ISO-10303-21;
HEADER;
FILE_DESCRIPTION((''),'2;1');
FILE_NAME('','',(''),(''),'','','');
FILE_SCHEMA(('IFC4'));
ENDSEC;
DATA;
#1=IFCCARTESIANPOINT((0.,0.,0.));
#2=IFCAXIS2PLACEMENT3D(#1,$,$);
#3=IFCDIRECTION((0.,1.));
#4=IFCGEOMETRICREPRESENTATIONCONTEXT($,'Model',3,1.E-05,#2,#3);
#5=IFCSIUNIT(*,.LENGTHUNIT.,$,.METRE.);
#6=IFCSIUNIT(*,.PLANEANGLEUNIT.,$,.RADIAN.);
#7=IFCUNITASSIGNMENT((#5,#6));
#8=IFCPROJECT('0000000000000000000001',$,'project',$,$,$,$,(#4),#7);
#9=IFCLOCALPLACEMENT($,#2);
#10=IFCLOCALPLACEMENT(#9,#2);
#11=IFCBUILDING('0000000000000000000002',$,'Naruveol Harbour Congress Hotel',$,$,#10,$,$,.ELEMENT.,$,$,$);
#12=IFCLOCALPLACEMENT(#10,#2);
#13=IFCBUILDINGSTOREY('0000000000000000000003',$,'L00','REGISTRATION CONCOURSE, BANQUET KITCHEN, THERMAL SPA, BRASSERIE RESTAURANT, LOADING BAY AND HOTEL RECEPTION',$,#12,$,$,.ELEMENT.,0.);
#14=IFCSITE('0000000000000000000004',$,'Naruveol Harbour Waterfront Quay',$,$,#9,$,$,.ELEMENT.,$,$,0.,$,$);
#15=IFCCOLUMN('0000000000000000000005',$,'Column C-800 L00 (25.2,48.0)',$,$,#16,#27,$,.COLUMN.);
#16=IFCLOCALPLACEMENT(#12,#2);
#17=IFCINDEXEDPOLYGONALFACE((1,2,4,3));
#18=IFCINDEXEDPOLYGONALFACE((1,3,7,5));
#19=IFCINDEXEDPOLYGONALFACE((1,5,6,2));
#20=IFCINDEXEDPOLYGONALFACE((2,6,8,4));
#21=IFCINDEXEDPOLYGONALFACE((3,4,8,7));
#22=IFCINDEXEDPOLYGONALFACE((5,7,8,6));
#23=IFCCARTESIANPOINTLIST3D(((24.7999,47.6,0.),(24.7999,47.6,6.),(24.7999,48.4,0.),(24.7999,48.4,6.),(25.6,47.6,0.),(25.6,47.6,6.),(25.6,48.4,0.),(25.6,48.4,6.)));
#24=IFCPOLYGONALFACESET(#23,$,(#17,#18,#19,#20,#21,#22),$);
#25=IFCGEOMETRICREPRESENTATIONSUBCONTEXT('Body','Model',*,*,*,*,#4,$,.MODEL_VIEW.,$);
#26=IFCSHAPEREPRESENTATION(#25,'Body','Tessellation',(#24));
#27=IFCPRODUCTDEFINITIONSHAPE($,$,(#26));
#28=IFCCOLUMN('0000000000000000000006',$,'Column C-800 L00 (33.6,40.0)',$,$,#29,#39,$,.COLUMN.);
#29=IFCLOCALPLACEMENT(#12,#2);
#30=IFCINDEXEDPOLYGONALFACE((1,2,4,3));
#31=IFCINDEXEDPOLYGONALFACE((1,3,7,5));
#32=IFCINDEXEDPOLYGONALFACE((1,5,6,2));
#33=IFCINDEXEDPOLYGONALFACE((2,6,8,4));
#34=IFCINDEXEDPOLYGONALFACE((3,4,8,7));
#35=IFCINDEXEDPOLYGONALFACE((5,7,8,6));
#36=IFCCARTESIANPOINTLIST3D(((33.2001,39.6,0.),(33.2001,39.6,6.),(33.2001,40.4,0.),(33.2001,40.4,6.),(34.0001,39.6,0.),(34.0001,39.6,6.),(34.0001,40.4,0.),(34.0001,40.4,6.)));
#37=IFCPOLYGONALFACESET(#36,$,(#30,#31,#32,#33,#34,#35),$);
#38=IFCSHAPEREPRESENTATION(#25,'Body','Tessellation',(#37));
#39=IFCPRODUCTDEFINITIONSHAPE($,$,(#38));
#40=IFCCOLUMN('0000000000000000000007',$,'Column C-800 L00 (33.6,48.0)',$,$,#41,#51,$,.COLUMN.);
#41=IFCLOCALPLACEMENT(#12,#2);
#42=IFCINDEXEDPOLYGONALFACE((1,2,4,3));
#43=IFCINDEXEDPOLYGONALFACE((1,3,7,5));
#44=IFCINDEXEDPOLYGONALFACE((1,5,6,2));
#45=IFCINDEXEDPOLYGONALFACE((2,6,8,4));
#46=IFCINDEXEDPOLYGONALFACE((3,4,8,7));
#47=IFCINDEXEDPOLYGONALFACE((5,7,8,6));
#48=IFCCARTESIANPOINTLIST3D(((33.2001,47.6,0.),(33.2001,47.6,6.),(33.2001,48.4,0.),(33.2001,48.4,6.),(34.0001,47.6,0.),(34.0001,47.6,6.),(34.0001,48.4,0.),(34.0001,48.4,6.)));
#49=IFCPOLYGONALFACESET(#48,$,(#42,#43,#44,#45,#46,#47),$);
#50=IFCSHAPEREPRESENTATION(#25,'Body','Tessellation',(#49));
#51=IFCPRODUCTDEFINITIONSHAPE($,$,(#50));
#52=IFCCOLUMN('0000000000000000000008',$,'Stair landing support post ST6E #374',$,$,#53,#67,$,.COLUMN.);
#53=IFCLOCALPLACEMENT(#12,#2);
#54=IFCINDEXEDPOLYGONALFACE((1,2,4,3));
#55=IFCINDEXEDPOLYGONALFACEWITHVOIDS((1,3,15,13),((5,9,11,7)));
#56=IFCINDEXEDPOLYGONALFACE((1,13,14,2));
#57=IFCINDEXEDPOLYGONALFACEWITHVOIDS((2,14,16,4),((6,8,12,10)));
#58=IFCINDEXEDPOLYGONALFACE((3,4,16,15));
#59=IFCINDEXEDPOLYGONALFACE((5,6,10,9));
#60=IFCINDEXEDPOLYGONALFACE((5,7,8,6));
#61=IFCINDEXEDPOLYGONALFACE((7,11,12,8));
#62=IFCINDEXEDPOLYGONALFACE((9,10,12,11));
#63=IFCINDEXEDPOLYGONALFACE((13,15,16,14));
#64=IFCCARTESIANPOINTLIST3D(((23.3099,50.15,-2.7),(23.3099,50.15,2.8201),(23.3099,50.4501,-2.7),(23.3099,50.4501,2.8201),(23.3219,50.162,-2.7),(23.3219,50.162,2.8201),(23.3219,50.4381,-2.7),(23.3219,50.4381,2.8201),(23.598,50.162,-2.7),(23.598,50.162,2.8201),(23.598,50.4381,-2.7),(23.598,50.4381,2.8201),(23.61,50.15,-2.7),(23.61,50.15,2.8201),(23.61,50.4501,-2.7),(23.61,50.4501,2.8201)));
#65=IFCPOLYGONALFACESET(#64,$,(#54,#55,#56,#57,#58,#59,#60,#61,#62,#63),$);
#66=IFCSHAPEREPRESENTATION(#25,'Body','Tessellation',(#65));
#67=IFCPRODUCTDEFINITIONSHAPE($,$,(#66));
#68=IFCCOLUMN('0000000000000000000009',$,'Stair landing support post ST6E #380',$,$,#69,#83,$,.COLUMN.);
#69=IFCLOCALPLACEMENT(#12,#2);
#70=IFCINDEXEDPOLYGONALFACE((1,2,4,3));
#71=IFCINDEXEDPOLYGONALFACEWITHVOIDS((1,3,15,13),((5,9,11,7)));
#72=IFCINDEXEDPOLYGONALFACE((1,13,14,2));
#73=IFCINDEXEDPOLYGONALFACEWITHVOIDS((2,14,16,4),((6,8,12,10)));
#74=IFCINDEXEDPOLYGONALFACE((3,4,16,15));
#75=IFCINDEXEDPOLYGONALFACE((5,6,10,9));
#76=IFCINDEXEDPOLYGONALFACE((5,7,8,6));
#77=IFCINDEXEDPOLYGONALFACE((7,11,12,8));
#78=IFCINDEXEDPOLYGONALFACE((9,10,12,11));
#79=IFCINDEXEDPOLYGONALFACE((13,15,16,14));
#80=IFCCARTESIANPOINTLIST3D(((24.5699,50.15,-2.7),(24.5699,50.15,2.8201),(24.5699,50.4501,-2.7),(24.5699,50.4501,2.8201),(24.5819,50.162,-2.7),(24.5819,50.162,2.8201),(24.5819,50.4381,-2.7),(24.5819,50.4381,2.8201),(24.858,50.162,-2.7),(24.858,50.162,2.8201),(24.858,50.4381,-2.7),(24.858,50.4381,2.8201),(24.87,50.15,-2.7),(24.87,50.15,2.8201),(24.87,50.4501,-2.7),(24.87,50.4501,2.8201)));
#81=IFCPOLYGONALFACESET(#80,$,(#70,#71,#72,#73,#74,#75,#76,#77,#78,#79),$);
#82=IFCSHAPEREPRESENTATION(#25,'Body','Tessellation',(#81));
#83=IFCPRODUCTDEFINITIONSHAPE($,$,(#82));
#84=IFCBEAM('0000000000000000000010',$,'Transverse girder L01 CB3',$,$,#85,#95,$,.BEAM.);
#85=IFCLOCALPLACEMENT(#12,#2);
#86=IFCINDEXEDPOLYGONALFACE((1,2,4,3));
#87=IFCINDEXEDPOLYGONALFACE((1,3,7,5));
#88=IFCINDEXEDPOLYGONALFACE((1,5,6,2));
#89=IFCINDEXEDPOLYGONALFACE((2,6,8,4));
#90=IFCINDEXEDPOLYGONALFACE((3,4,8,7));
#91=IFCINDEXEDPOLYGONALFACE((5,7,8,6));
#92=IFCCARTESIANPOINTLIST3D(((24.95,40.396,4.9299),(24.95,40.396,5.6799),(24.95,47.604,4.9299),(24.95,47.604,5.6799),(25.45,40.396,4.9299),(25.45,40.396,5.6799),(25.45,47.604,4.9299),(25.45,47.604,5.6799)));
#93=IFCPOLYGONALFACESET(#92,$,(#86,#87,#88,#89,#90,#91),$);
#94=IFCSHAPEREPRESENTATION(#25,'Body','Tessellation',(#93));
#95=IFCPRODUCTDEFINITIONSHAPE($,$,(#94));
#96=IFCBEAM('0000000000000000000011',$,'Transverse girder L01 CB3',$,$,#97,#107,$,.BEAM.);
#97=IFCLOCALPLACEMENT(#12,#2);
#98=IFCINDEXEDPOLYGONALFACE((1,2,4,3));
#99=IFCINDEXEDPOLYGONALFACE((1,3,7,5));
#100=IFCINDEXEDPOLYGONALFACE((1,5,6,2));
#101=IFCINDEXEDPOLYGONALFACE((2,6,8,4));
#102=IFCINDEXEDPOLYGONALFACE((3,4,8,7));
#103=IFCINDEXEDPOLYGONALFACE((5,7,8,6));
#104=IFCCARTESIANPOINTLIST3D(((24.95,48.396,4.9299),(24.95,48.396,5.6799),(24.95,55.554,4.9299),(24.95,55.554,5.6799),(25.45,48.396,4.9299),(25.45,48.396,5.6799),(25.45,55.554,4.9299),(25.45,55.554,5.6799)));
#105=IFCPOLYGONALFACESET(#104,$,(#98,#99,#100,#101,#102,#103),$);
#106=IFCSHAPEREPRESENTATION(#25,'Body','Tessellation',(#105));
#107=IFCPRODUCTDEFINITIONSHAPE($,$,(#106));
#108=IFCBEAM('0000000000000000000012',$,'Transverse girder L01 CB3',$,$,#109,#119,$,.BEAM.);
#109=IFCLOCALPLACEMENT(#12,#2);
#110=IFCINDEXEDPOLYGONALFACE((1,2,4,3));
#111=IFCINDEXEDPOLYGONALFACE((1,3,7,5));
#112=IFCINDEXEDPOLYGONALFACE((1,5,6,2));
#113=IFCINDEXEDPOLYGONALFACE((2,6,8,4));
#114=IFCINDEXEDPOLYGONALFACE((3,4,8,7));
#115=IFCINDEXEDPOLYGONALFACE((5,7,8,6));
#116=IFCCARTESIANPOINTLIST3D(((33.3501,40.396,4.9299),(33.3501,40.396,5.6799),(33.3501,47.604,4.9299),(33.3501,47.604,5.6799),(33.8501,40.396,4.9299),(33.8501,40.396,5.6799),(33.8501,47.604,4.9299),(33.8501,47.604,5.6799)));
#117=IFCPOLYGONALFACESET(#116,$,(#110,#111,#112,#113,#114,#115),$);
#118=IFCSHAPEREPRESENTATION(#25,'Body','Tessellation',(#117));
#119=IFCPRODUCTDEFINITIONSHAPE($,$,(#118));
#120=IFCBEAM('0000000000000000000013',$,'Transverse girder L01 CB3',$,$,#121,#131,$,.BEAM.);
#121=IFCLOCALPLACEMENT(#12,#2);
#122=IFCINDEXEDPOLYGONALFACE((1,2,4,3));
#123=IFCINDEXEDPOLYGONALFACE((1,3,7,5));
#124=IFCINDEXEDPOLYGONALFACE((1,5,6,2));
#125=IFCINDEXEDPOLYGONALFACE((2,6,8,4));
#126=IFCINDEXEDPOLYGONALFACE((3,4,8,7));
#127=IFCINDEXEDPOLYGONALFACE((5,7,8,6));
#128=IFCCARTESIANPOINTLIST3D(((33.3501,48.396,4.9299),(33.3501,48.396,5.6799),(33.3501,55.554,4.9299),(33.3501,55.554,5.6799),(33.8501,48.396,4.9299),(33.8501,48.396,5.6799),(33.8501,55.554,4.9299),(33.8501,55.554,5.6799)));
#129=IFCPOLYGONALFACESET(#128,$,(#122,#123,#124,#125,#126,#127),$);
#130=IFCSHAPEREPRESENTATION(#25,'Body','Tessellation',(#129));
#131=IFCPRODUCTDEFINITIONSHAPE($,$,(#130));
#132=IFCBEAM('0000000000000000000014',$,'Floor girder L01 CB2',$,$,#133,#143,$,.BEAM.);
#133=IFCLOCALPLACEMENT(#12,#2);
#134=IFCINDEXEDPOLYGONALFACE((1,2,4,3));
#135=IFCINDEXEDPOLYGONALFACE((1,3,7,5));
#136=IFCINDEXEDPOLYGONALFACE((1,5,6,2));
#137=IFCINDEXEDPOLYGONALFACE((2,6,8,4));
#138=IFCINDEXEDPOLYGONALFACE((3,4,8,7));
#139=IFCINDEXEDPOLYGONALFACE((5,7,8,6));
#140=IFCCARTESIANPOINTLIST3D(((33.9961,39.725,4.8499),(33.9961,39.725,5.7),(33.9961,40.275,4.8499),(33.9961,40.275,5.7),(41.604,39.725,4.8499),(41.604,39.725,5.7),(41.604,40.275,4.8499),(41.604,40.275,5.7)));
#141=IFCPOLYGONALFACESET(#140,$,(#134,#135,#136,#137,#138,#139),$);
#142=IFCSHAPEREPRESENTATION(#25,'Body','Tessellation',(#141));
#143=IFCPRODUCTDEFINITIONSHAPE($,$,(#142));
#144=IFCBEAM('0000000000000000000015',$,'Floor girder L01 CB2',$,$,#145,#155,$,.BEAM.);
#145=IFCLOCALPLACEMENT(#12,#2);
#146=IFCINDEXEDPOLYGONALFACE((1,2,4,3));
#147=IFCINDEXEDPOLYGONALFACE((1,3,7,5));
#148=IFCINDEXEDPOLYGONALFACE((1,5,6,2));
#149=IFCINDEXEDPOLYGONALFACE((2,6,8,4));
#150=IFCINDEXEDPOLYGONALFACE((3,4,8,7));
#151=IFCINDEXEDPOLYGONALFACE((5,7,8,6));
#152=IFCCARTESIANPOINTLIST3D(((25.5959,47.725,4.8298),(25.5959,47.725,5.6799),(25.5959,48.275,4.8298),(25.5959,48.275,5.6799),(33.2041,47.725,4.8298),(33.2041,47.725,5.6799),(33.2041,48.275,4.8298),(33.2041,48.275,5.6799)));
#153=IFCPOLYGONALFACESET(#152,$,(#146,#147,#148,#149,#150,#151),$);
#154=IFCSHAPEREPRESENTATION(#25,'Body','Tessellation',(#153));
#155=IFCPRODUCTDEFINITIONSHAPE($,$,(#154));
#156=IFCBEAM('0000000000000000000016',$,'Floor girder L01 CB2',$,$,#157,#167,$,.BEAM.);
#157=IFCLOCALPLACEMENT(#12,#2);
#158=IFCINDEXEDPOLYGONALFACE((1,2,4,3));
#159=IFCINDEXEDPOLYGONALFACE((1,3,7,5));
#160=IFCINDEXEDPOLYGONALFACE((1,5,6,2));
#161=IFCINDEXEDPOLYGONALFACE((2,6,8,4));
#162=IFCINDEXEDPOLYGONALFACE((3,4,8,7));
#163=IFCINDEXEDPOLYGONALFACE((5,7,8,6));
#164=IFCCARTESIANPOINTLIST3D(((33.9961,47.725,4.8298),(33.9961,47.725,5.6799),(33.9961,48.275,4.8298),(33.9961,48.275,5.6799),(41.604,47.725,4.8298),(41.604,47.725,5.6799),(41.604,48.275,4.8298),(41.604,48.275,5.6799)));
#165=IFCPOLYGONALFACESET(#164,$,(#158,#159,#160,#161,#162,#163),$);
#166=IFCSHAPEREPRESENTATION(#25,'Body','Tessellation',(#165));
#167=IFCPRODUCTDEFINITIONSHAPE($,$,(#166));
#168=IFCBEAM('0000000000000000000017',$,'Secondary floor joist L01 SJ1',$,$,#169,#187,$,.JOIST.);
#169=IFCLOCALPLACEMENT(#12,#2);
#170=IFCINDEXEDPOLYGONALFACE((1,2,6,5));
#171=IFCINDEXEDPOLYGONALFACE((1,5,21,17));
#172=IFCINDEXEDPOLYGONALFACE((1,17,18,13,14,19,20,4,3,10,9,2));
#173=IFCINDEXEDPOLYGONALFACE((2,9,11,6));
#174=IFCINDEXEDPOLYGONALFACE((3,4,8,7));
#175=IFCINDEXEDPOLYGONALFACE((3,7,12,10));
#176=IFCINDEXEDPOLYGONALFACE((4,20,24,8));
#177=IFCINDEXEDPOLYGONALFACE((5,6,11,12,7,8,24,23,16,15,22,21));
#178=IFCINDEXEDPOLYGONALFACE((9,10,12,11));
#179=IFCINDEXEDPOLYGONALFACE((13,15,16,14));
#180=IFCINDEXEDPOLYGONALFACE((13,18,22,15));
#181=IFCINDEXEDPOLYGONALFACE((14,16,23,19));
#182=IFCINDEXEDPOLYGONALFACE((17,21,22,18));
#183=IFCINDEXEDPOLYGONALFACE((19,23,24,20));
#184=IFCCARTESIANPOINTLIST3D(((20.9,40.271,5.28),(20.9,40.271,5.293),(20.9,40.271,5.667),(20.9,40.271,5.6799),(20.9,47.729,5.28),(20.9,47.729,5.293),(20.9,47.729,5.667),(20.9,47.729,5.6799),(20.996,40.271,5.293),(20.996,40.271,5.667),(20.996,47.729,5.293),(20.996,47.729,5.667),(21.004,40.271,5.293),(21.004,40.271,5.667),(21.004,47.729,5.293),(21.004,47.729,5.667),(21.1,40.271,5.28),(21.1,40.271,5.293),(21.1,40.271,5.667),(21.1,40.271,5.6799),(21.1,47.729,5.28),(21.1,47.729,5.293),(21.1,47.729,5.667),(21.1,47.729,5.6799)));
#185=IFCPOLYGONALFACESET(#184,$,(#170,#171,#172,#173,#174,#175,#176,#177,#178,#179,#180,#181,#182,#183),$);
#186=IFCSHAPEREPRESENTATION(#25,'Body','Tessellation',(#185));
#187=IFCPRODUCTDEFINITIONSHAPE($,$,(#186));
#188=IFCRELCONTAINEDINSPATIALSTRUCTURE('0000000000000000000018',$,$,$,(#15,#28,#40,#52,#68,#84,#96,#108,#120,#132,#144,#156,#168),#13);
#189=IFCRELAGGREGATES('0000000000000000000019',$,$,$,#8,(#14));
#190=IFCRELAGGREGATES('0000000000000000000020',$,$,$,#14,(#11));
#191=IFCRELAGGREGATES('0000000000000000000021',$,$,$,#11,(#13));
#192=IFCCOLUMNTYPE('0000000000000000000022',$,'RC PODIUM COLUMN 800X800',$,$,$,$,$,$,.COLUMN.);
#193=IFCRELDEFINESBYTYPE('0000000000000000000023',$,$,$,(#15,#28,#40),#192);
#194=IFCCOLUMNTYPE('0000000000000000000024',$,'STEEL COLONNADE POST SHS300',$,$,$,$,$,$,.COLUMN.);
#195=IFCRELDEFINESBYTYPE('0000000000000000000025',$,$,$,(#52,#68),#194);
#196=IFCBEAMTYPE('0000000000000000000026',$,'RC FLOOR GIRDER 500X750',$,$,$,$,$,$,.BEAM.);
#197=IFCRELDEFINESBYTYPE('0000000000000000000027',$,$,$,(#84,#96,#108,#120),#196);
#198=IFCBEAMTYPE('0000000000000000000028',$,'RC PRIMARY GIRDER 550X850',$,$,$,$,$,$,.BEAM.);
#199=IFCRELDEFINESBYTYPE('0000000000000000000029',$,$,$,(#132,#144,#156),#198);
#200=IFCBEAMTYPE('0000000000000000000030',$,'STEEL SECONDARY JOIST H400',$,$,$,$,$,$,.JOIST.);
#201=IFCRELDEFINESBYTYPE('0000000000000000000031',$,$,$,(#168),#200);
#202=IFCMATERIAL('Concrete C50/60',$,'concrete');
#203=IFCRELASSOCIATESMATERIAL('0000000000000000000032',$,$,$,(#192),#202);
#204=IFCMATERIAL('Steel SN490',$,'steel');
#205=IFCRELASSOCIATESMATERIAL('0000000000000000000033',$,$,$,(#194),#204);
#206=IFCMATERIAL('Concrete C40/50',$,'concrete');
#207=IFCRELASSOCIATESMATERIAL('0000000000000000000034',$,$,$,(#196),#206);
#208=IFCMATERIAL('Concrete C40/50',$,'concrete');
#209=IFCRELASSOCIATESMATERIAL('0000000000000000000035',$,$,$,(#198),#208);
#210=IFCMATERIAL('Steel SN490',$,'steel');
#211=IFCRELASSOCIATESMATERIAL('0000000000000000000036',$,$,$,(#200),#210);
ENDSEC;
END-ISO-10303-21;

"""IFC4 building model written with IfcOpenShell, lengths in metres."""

from ifc_helpers import new_model, si_unit, direction, frame, origin, origin_2d, place, context, subcontext, project, spatial, rectangle, hollow_rectangle, i_section, extrude, material, material_profile, profile_set, type_object, element, save


model = new_model("IFC4")

# Units and contexts
model_context = context("Model", 3, precision=1e-05, world=origin(), true_north=direction((0.0, 1.0)))
body_context = subcontext(model_context, "Body", "Model", "MODEL_VIEW")
ifc_project = project(units=[si_unit("LENGTHUNIT", "METRE"), si_unit("PLANEANGLEUNIT", "RADIAN")], contexts=[model_context])

# Site, building, storey
site_placement = place(None, origin())
site = spatial("IfcSite", under=ifc_project, at=site_placement, Name="Naruveol Harbour Waterfront Quay", CompositionType="ELEMENT", RefElevation=0.0)
building_placement = place(site_placement, origin())
building = spatial("IfcBuilding", under=site, at=building_placement, Name="Naruveol Harbour Congress Hotel", CompositionType="ELEMENT")
storey_placement = place(building_placement, origin())
storey = spatial("IfcBuildingStorey", under=building, at=storey_placement, Name="L00", Description="REGISTRATION CONCOURSE, BANQUET KITCHEN, THERMAL SPA, BRASSERIE RESTAURANT, LOADING BAY AND HOTEL RECEPTION", CompositionType="ELEMENT", Elevation=0.0)

# Columns
ifc_material_1 = material(Name="Concrete C50/60", Category="concrete")
ifc_material_profile_1 = material_profile(ifc_material_1, rectangle(XDim=0.8, YDim=0.8, at=origin_2d()), Name="RC-800x800")
ifc_profile_set_1 = profile_set([ifc_material_profile_1], Name="Concrete C50/60")
column_type_1 = type_object("IfcColumnType", Name="RC PODIUM COLUMN 800X800", PredefinedType="COLUMN", material=ifc_profile_set_1)
for number, where, z_axis, x_axis, name in (
    (1, (25.2, 48.0, 0.0), (0.0, 0.0, 1.0), (1.0, 0.0, 0.0), "Column C-800 L00 (25.2,48.0)"),
    (2, (33.6001, 40.0, 0.0), (0.0, 0.0, 1.0), (1.0, 0.0, 0.0), "Column C-800 L00 (33.6,40.0)"),
    (3, (33.6001, 48.0, 0.0), (0.0, 0.0, 1.0), (1.0, 0.0, 0.0), "Column C-800 L00 (33.6,48.0)"),
):
    element("IfcColumn", number, at=place(storey_placement, frame(where, z_axis=z_axis, x_axis=x_axis)), inside=storey, type_object=column_type_1, Name=name, PredefinedType="COLUMN", context=body_context, shape_type="SweptSolid", body=[
        extrude(rectangle(XDim=0.8, YDim=0.8, at=origin_2d()), origin(), (0.0, 0.0, 1.0), 6.0),
    ])
ifc_material_2 = material(Name="Steel SN490", Category="steel")
ifc_material_profile_2 = material_profile(ifc_material_2, hollow_rectangle(XDim=0.3, YDim=0.3, WallThickness=0.012, at=origin_2d()), Name="SHS-300x300x12")
ifc_profile_set_2 = profile_set([ifc_material_profile_2], Name="Steel SN490")
column_type_2 = type_object("IfcColumnType", Name="STEEL COLONNADE POST SHS300", PredefinedType="COLUMN", material=ifc_profile_set_2)
for number, where, z_axis, x_axis, name in (
    (4, (23.46, 50.3, -2.7), (0.0, 0.0, 1.0), (1.0, 0.0, 0.0), "Stair landing support post ST6E #374"),
    (5, (24.72, 50.3, -2.7), (0.0, 0.0, 1.0), (1.0, 0.0, 0.0), "Stair landing support post ST6E #380"),
):
    element("IfcColumn", number, at=place(storey_placement, frame(where, z_axis=z_axis, x_axis=x_axis)), inside=storey, type_object=column_type_2, Name=name, PredefinedType="COLUMN", context=body_context, shape_type="SweptSolid", body=[
        extrude(hollow_rectangle(XDim=0.3, YDim=0.3, WallThickness=0.012, at=origin_2d()), origin(), (0.0, 0.0, 1.0), 5.52),
    ])

# Beams
ifc_material_3 = material(Name="Concrete C40/50", Category="concrete")
ifc_material_profile_3 = material_profile(ifc_material_3, rectangle(XDim=0.5, YDim=0.75, at=origin_2d()), Name="RCB-500x750")
ifc_profile_set_3 = profile_set([ifc_material_profile_3], Name="Concrete C40/50")
beam_type_1 = type_object("IfcBeamType", Name="RC FLOOR GIRDER 500X750", PredefinedType="BEAM", material=ifc_profile_set_3)
beam_1_placement = place(storey_placement, frame((25.2, 40.396, 5.3049), z_axis=(0.0, 1.0, 0.0), x_axis=(-1.0, 0.0, 0.0)))
element("IfcBeam", 6, at=beam_1_placement, inside=storey, type_object=beam_type_1, Name="Transverse girder L01 CB3", PredefinedType="BEAM", context=body_context, shape_type="SweptSolid", body=[
    extrude(rectangle(XDim=0.5, YDim=0.75, at=origin_2d()), origin(), (0.0, 0.0, 1.0), 7.208),
])
beam_2_placement = place(storey_placement, frame((25.2, 48.396, 5.3049), z_axis=(0.0, 1.0, 0.0), x_axis=(-1.0, 0.0, 0.0)))
element("IfcBeam", 7, at=beam_2_placement, inside=storey, type_object=beam_type_1, Name="Transverse girder L01 CB3", PredefinedType="BEAM", context=body_context, shape_type="SweptSolid", body=[
    extrude(rectangle(XDim=0.5, YDim=0.75, at=origin_2d()), origin(), (0.0, 0.0, 1.0), 7.158),
])
beam_3_placement = place(storey_placement, frame((33.6001, 40.396, 5.3049), z_axis=(0.0, 1.0, 0.0), x_axis=(-1.0, 0.0, 0.0)))
element("IfcBeam", 8, at=beam_3_placement, inside=storey, type_object=beam_type_1, Name="Transverse girder L01 CB3", PredefinedType="BEAM", context=body_context, shape_type="SweptSolid", body=[
    extrude(rectangle(XDim=0.5, YDim=0.75, at=origin_2d()), origin(), (0.0, 0.0, 1.0), 7.208),
])
beam_4_placement = place(storey_placement, frame((33.6001, 48.396, 5.3049), z_axis=(0.0, 1.0, 0.0), x_axis=(-1.0, 0.0, 0.0)))
element("IfcBeam", 9, at=beam_4_placement, inside=storey, type_object=beam_type_1, Name="Transverse girder L01 CB3", PredefinedType="BEAM", context=body_context, shape_type="SweptSolid", body=[
    extrude(rectangle(XDim=0.5, YDim=0.75, at=origin_2d()), origin(), (0.0, 0.0, 1.0), 7.158),
])
ifc_material_4 = material(Name="Concrete C40/50", Category="concrete")
ifc_material_profile_4 = material_profile(ifc_material_4, rectangle(XDim=0.55, YDim=0.8501, at=origin_2d()), Name="RCB-550x850")
ifc_profile_set_4 = profile_set([ifc_material_profile_4], Name="Concrete C40/50")
beam_type_2 = type_object("IfcBeamType", Name="RC PRIMARY GIRDER 550X850", PredefinedType="BEAM", material=ifc_profile_set_4)
beam_5_placement = place(storey_placement, frame((33.9961, 40.0, 5.2749), z_axis=(1.0, 0.0, 0.0), x_axis=(0.0, 1.0, 0.0)))
element("IfcBeam", 10, at=beam_5_placement, inside=storey, type_object=beam_type_2, Name="Floor girder L01 CB2", PredefinedType="BEAM", context=body_context, shape_type="SweptSolid", body=[
    extrude(rectangle(XDim=0.55, YDim=0.8501, at=origin_2d()), origin(), (0.0, 0.0, 1.0), 7.6079),
])
beam_6_placement = place(storey_placement, frame((25.5959, 48.0, 5.2549), z_axis=(1.0, 0.0, 0.0), x_axis=(0.0, 1.0, 0.0)))
element("IfcBeam", 11, at=beam_6_placement, inside=storey, type_object=beam_type_2, Name="Floor girder L01 CB2", PredefinedType="BEAM", context=body_context, shape_type="SweptSolid", body=[
    extrude(rectangle(XDim=0.55, YDim=0.8501, at=origin_2d()), origin(), (0.0, 0.0, 1.0), 7.6082),
])
beam_7_placement = place(storey_placement, frame((33.9961, 48.0, 5.2549), z_axis=(1.0, 0.0, 0.0), x_axis=(0.0, 1.0, 0.0)))
element("IfcBeam", 12, at=beam_7_placement, inside=storey, type_object=beam_type_2, Name="Floor girder L01 CB2", PredefinedType="BEAM", context=body_context, shape_type="SweptSolid", body=[
    extrude(rectangle(XDim=0.55, YDim=0.8501, at=origin_2d()), origin(), (0.0, 0.0, 1.0), 7.6079),
])
ifc_material_5 = material(Name="Steel SN490", Category="steel")
ifc_material_profile_5 = material_profile(ifc_material_5, i_section(OverallWidth=0.2, OverallDepth=0.3999, WebThickness=0.0081, FlangeThickness=0.0129, at=origin_2d()), Name="H-400x200x8x13")
ifc_profile_set_5 = profile_set([ifc_material_profile_5], Name="Steel SN490")
beam_type_3 = type_object("IfcBeamType", Name="STEEL SECONDARY JOIST H400", PredefinedType="JOIST", material=ifc_profile_set_5)
for number, where, z_axis, x_axis, name in (
    (13, (21.0, 40.271, 5.48), (0.0, 1.0, 0.0), (-1.0, 0.0, 0.0), "Secondary floor joist L01 SJ1"),
):
    element("IfcBeam", number, at=place(storey_placement, frame(where, z_axis=z_axis, x_axis=x_axis)), inside=storey, type_object=beam_type_3, Name=name, PredefinedType="JOIST", context=body_context, shape_type="SweptSolid", body=[
        extrude(i_section(OverallWidth=0.2, OverallDepth=0.3999, WebThickness=0.0081, FlangeThickness=0.0129, at=origin_2d()), origin(), (0.0, 0.0, 1.0), 7.458),
    ])

save(model, "model.ifc")
